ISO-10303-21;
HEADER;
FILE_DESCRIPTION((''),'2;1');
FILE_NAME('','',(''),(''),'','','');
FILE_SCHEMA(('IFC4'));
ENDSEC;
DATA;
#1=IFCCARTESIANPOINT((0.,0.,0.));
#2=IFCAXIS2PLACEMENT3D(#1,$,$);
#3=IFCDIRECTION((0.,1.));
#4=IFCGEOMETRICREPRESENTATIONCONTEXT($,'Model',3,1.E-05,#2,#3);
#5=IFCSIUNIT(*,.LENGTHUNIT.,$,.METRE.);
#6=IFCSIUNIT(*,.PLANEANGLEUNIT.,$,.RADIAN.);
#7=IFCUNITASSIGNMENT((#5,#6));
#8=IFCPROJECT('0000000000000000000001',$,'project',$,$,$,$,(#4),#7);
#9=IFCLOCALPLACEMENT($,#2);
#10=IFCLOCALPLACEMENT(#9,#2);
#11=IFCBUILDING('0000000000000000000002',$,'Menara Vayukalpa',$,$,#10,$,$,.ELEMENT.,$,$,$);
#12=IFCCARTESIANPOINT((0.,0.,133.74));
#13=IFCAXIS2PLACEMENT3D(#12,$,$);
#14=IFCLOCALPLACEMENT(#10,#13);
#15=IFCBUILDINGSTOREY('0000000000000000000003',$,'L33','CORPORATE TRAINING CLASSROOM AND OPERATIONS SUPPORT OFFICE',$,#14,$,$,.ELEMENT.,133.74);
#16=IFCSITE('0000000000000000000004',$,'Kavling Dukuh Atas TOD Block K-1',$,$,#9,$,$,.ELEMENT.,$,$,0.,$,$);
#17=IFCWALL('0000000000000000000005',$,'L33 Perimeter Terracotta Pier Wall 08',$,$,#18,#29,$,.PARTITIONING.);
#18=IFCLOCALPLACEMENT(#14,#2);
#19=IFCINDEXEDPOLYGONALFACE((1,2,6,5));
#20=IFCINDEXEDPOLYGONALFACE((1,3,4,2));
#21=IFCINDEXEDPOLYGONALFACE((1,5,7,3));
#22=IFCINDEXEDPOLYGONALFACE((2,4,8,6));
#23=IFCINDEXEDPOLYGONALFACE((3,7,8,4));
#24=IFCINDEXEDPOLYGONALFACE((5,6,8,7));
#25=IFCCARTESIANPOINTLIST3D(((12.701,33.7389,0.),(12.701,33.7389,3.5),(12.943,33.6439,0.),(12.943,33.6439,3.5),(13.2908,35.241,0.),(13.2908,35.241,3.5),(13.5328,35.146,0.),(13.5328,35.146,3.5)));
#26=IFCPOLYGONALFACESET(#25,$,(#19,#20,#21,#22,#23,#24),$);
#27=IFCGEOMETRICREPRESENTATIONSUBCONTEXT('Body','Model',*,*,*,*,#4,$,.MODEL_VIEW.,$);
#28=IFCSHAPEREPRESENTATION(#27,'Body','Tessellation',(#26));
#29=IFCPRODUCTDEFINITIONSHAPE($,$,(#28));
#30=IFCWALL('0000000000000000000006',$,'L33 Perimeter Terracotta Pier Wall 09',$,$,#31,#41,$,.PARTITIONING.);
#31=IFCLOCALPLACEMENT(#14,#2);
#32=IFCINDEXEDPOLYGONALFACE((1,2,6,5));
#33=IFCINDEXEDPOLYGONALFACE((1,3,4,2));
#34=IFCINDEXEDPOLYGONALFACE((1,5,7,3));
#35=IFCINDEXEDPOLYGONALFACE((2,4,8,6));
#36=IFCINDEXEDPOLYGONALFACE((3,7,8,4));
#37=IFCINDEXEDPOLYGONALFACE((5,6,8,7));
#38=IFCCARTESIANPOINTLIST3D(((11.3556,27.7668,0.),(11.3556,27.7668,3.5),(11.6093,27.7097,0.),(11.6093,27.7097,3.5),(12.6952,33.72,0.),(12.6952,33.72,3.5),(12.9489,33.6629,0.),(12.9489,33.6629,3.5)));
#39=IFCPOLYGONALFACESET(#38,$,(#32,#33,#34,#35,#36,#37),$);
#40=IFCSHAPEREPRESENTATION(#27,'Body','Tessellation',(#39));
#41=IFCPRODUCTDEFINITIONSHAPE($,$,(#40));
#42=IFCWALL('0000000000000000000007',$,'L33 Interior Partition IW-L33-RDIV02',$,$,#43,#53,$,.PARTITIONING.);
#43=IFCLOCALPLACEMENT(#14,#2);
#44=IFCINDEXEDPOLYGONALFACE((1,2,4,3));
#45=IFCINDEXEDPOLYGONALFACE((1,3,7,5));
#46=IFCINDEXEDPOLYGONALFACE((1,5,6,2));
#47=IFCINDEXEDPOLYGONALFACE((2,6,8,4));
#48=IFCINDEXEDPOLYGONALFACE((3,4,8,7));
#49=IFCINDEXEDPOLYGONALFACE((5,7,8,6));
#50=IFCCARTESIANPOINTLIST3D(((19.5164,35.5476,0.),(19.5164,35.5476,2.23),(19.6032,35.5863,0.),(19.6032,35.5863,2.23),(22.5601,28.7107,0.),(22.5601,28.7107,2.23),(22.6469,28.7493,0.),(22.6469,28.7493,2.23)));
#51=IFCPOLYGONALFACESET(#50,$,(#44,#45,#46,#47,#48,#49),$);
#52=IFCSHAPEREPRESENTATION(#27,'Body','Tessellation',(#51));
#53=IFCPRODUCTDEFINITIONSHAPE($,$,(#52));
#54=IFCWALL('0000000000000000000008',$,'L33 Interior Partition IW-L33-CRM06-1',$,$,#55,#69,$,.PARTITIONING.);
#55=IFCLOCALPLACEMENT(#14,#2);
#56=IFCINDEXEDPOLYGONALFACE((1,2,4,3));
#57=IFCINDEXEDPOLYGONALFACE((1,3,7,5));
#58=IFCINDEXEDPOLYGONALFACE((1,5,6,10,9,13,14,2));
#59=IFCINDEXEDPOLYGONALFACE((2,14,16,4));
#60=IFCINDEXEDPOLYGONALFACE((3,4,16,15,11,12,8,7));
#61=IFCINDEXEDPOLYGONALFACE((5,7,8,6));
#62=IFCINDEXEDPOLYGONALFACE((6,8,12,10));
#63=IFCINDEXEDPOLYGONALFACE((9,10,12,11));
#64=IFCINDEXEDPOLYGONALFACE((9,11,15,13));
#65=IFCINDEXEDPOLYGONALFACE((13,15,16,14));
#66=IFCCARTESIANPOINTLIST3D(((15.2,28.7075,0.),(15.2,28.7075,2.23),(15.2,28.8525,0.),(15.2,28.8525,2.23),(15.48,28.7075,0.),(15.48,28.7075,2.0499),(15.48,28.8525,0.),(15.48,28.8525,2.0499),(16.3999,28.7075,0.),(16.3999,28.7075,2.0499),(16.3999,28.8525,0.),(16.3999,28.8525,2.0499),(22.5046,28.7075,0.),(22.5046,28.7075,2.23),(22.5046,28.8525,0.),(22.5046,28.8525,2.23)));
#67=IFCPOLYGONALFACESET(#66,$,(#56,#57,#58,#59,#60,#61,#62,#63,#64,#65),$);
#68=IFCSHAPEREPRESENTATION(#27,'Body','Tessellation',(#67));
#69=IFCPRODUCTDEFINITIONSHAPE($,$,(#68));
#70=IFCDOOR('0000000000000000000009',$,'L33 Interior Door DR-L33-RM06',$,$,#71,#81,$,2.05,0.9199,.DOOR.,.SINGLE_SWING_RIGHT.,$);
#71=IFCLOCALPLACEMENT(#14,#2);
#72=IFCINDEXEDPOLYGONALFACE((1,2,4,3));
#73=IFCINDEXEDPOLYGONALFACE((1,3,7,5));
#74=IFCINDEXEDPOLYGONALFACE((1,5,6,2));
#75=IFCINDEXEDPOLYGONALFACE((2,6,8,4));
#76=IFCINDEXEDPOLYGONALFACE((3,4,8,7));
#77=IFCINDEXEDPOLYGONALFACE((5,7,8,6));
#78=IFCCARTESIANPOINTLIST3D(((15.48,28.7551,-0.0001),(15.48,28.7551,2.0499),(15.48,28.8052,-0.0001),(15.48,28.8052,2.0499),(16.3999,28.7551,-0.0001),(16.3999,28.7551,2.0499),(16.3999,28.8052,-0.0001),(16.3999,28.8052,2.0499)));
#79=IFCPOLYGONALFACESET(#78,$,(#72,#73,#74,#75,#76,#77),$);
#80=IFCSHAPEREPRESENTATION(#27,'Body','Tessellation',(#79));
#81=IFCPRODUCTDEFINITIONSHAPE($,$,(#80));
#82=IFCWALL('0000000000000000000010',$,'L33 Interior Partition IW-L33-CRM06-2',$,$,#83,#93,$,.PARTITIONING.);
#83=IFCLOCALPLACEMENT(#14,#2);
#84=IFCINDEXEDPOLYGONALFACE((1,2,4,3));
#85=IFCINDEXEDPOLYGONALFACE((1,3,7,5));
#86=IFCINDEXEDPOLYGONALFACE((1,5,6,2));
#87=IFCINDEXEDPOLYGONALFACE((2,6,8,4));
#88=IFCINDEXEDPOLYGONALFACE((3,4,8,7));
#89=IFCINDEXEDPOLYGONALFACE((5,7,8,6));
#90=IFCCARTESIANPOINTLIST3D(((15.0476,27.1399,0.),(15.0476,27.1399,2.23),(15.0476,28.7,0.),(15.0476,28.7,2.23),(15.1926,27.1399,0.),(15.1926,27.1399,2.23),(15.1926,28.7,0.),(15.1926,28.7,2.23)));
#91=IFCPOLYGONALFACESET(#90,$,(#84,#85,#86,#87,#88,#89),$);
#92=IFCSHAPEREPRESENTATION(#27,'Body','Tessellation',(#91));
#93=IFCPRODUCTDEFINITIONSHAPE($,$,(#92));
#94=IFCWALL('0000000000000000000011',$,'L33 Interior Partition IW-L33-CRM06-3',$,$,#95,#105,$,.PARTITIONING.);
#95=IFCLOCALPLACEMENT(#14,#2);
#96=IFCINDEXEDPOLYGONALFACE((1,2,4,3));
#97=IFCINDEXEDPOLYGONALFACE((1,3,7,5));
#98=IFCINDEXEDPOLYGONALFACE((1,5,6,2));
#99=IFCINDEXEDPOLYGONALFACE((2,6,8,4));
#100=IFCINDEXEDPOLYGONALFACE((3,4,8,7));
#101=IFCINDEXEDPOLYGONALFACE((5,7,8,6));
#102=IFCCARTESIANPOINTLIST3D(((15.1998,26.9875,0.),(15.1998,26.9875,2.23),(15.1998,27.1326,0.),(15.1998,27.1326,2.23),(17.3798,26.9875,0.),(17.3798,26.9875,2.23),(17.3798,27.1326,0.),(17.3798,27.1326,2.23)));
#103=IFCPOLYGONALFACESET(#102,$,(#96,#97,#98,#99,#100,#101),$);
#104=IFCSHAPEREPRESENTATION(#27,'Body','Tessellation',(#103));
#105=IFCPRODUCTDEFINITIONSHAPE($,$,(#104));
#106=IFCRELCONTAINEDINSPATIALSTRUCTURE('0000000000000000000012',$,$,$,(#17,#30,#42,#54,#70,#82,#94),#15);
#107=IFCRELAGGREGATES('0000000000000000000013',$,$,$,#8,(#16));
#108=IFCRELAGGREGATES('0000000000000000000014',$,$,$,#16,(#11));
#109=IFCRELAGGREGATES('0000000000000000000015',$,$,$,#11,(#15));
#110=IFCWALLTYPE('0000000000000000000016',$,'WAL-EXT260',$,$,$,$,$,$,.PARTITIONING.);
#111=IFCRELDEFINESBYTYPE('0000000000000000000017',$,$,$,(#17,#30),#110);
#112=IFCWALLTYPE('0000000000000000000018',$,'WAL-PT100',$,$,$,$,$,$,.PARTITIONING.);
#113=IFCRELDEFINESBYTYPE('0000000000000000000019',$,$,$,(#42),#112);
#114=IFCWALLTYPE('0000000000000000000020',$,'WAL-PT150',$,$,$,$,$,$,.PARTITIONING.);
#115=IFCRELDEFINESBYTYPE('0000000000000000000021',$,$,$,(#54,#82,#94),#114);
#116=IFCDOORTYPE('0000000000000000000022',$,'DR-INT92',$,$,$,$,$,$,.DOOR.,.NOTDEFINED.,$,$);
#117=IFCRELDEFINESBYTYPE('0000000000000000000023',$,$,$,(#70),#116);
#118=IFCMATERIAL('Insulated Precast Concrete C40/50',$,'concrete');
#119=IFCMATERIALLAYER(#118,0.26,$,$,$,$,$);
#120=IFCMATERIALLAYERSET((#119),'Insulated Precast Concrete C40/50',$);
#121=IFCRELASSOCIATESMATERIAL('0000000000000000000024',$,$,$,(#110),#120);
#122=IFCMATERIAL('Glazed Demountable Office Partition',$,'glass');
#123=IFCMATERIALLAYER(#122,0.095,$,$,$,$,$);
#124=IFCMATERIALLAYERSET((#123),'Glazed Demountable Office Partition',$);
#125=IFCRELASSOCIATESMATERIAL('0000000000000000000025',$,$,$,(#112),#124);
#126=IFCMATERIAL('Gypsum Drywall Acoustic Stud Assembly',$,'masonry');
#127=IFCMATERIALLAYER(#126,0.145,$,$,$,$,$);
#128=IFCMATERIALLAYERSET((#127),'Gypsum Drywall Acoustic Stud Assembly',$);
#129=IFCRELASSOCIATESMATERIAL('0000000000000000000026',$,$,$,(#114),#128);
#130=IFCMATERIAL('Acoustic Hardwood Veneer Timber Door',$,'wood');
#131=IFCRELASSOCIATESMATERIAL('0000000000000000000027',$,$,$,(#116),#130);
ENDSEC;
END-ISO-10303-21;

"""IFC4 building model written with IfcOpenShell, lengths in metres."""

from ifc_helpers import new_model, si_unit, direction, frame, frame_2d, origin, place, context, subcontext, project, spatial, rectangle, extrude, material, layer, layer_set, type_object, element, fill, save


model = new_model("IFC4")

# Units and contexts
model_context = context("Model", 3, precision=1e-05, world=origin(), true_north=direction((0.0, 1.0)))
body_context = subcontext(model_context, "Body", "Model", "MODEL_VIEW")
ifc_project = project(units=[si_unit("LENGTHUNIT", "METRE"), si_unit("PLANEANGLEUNIT", "RADIAN")], contexts=[model_context])

# Site, building, storey
site_placement = place(None, origin())
site = spatial("IfcSite", under=ifc_project, at=site_placement, Name="Kavling Dukuh Atas TOD Block K-1", CompositionType="ELEMENT", RefElevation=0.0)
building_placement = place(site_placement, origin())
building = spatial("IfcBuilding", under=site, at=building_placement, Name="Menara Vayukalpa", CompositionType="ELEMENT")
storey_placement = place(building_placement, frame((0.0, 0.0, 133.74)))
storey = spatial("IfcBuildingStorey", under=building, at=storey_placement, Name="L33", Description="CORPORATE TRAINING CLASSROOM AND OPERATIONS SUPPORT OFFICE", CompositionType="ELEMENT", Elevation=133.74)

# Walls
ifc_material_1 = material(Name="Insulated Precast Concrete C40/50", Category="concrete")
ifc_layer_1 = layer(ifc_material_1, 0.26)
ifc_layer_set_1 = layer_set([ifc_layer_1], Name="Insulated Precast Concrete C40/50")
wall_type_1 = type_object("IfcWallType", Name="WAL-EXT260", PredefinedType="PARTITIONING", material=ifc_layer_set_1)
wall_1_placement = place(storey_placement, frame((12.822, 33.6914, 0.0), z_axis=(0.0, 0.0, 1.0), x_axis=(0.365489, 0.930816, 0.0)))
element("IfcWall", 1, at=wall_1_placement, inside=storey, type_object=wall_type_1, Name="L33 Perimeter Terracotta Pier Wall 08", PredefinedType="PARTITIONING", context=body_context, shape_type="SweptSolid", body=[
    extrude(rectangle(XDim=1.6138, YDim=0.26, at=frame_2d((0.8069, 0.0))), origin(), (0.0, 0.0, 1.0), 3.5),
])
wall_2_placement = place(storey_placement, frame((11.4824, 27.7383, 0.0), z_axis=(0.0, 0.0, 1.0), x_axis=(0.219535, 0.975605, 0.0)))
element("IfcWall", 2, at=wall_2_placement, inside=storey, type_object=wall_type_1, Name="L33 Perimeter Terracotta Pier Wall 09", PredefinedType="PARTITIONING", context=body_context, shape_type="SweptSolid", body=[
    extrude(rectangle(XDim=6.1021, YDim=0.26, at=frame_2d((3.051, 0.0))), origin(), (0.0, 0.0, 1.0), 3.5),
])
ifc_material_2 = material(Name="Glazed Demountable Office Partition", Category="glass")
ifc_layer_2 = layer(ifc_material_2, 0.095)
ifc_layer_set_2 = layer_set([ifc_layer_2], Name="Glazed Demountable Office Partition")
wall_type_2 = type_object("IfcWallType", Name="WAL-PT100", PredefinedType="PARTITIONING", material=ifc_layer_set_2)
wall_3_placement = place(storey_placement, frame((22.6035, 28.73, 0.0), z_axis=(0.0, 0.0, 1.0), x_axis=(-0.406704, 0.91356, 0.0)))
element("IfcWall", 3, at=wall_3_placement, inside=storey, type_object=wall_type_2, Name="L33 Interior Partition IW-L33-RDIV02", PredefinedType="PARTITIONING", context=body_context, shape_type="SweptSolid", body=[
    extrude(rectangle(XDim=7.4839, YDim=0.095, at=frame_2d((3.7419, 0.0))), origin(), (0.0, 0.0, 1.0), 2.23),
])

# Wall, opening, door
ifc_material_3 = material(Name="Gypsum Drywall Acoustic Stud Assembly", Category="masonry")
ifc_layer_3 = layer(ifc_material_3, 0.145)
ifc_layer_set_3 = layer_set([ifc_layer_3], Name="Gypsum Drywall Acoustic Stud Assembly")
wall_type_3 = type_object("IfcWallType", Name="WAL-PT150", PredefinedType="PARTITIONING", material=ifc_layer_set_3)
wall_4_placement = place(storey_placement, frame((22.5046, 28.78, 0.0), z_axis=(0.0, 0.0, 1.0), x_axis=(-1.0, 0.0, 0.0)))
wall_4 = element("IfcWall", 4, at=wall_4_placement, inside=storey, type_object=wall_type_3, Name="L33 Interior Partition IW-L33-CRM06-1", PredefinedType="PARTITIONING", context=body_context, shape_type="SweptSolid", body=[
    extrude(rectangle(XDim=7.3047, YDim=0.145, at=frame_2d((3.6523, 0.0))), origin(), (0.0, 0.0, 1.0), 2.23),
])
opening_placement = place(wall_4_placement, frame((6.1047, 0.0, 0.0)))
opening = element("IfcOpeningElement", 5, at=opening_placement, cuts=wall_4, PredefinedType="OPENING", context=body_context, shape_type="SweptSolid", body=[
    extrude(rectangle(XDim=0.9199, YDim=2.05, at=frame_2d((0.46, 1.0249))), frame((0.0, 0.0825, 0.0), z_axis=(0.0, -1.0, 0.0), x_axis=(1.0, 0.0, 0.0)), (0.0, 0.0, 1.0), 0.165),
])
ifc_material_4 = material(Name="Acoustic Hardwood Veneer Timber Door", Category="wood")
door_type = type_object("IfcDoorType", Name="DR-INT92", OperationType="NOTDEFINED", PredefinedType="DOOR", material=ifc_material_4)
door_placement = place(opening_placement, origin())
door = element("IfcDoor", 6, at=door_placement, inside=storey, type_object=door_type, Name="L33 Interior Door DR-L33-RM06", OperationType="SINGLE_SWING_RIGHT", OverallHeight=2.05, OverallWidth=0.9199, PredefinedType="DOOR", context=body_context, shape_type="SweptSolid", body=[
    extrude(rectangle(XDim=0.9199, YDim=2.05, at=frame_2d((0.46, 1.0249))), frame((0.0, 0.0249, 0.0), z_axis=(0.0, -1.0, 0.0), x_axis=(1.0, 0.0, 0.0)), (0.0, 0.0, 1.0), 0.05),
])
fill(opening, door)

# Walls
wall_5_placement = place(storey_placement, frame((15.1201, 28.7, 0.0), z_axis=(0.0, 0.0, 1.0), x_axis=(0.0, -1.0, 0.0)))
element("IfcWall", 7, at=wall_5_placement, inside=storey, type_object=wall_type_3, Name="L33 Interior Partition IW-L33-CRM06-2", PredefinedType="PARTITIONING", context=body_context, shape_type="SweptSolid", body=[
    extrude(rectangle(XDim=1.5601, YDim=0.145, at=frame_2d((0.78, 0.0))), origin(), (0.0, 0.0, 1.0), 2.23),
])
wall_6_placement = place(storey_placement, frame((15.2, 27.0601, 0.0), z_axis=(0.0, 0.0, 1.0), x_axis=(1.0, 0.0, 0.0)))
element("IfcWall", 8, at=wall_6_placement, inside=storey, type_object=wall_type_3, Name="L33 Interior Partition IW-L33-CRM06-3", PredefinedType="PARTITIONING", context=body_context, shape_type="SweptSolid", body=[
    extrude(rectangle(XDim=2.1799, YDim=0.145, at=frame_2d((1.0898, 0.0))), origin(), (0.0, 0.0, 1.0), 2.23),
])

save(model, "model.ifc")
